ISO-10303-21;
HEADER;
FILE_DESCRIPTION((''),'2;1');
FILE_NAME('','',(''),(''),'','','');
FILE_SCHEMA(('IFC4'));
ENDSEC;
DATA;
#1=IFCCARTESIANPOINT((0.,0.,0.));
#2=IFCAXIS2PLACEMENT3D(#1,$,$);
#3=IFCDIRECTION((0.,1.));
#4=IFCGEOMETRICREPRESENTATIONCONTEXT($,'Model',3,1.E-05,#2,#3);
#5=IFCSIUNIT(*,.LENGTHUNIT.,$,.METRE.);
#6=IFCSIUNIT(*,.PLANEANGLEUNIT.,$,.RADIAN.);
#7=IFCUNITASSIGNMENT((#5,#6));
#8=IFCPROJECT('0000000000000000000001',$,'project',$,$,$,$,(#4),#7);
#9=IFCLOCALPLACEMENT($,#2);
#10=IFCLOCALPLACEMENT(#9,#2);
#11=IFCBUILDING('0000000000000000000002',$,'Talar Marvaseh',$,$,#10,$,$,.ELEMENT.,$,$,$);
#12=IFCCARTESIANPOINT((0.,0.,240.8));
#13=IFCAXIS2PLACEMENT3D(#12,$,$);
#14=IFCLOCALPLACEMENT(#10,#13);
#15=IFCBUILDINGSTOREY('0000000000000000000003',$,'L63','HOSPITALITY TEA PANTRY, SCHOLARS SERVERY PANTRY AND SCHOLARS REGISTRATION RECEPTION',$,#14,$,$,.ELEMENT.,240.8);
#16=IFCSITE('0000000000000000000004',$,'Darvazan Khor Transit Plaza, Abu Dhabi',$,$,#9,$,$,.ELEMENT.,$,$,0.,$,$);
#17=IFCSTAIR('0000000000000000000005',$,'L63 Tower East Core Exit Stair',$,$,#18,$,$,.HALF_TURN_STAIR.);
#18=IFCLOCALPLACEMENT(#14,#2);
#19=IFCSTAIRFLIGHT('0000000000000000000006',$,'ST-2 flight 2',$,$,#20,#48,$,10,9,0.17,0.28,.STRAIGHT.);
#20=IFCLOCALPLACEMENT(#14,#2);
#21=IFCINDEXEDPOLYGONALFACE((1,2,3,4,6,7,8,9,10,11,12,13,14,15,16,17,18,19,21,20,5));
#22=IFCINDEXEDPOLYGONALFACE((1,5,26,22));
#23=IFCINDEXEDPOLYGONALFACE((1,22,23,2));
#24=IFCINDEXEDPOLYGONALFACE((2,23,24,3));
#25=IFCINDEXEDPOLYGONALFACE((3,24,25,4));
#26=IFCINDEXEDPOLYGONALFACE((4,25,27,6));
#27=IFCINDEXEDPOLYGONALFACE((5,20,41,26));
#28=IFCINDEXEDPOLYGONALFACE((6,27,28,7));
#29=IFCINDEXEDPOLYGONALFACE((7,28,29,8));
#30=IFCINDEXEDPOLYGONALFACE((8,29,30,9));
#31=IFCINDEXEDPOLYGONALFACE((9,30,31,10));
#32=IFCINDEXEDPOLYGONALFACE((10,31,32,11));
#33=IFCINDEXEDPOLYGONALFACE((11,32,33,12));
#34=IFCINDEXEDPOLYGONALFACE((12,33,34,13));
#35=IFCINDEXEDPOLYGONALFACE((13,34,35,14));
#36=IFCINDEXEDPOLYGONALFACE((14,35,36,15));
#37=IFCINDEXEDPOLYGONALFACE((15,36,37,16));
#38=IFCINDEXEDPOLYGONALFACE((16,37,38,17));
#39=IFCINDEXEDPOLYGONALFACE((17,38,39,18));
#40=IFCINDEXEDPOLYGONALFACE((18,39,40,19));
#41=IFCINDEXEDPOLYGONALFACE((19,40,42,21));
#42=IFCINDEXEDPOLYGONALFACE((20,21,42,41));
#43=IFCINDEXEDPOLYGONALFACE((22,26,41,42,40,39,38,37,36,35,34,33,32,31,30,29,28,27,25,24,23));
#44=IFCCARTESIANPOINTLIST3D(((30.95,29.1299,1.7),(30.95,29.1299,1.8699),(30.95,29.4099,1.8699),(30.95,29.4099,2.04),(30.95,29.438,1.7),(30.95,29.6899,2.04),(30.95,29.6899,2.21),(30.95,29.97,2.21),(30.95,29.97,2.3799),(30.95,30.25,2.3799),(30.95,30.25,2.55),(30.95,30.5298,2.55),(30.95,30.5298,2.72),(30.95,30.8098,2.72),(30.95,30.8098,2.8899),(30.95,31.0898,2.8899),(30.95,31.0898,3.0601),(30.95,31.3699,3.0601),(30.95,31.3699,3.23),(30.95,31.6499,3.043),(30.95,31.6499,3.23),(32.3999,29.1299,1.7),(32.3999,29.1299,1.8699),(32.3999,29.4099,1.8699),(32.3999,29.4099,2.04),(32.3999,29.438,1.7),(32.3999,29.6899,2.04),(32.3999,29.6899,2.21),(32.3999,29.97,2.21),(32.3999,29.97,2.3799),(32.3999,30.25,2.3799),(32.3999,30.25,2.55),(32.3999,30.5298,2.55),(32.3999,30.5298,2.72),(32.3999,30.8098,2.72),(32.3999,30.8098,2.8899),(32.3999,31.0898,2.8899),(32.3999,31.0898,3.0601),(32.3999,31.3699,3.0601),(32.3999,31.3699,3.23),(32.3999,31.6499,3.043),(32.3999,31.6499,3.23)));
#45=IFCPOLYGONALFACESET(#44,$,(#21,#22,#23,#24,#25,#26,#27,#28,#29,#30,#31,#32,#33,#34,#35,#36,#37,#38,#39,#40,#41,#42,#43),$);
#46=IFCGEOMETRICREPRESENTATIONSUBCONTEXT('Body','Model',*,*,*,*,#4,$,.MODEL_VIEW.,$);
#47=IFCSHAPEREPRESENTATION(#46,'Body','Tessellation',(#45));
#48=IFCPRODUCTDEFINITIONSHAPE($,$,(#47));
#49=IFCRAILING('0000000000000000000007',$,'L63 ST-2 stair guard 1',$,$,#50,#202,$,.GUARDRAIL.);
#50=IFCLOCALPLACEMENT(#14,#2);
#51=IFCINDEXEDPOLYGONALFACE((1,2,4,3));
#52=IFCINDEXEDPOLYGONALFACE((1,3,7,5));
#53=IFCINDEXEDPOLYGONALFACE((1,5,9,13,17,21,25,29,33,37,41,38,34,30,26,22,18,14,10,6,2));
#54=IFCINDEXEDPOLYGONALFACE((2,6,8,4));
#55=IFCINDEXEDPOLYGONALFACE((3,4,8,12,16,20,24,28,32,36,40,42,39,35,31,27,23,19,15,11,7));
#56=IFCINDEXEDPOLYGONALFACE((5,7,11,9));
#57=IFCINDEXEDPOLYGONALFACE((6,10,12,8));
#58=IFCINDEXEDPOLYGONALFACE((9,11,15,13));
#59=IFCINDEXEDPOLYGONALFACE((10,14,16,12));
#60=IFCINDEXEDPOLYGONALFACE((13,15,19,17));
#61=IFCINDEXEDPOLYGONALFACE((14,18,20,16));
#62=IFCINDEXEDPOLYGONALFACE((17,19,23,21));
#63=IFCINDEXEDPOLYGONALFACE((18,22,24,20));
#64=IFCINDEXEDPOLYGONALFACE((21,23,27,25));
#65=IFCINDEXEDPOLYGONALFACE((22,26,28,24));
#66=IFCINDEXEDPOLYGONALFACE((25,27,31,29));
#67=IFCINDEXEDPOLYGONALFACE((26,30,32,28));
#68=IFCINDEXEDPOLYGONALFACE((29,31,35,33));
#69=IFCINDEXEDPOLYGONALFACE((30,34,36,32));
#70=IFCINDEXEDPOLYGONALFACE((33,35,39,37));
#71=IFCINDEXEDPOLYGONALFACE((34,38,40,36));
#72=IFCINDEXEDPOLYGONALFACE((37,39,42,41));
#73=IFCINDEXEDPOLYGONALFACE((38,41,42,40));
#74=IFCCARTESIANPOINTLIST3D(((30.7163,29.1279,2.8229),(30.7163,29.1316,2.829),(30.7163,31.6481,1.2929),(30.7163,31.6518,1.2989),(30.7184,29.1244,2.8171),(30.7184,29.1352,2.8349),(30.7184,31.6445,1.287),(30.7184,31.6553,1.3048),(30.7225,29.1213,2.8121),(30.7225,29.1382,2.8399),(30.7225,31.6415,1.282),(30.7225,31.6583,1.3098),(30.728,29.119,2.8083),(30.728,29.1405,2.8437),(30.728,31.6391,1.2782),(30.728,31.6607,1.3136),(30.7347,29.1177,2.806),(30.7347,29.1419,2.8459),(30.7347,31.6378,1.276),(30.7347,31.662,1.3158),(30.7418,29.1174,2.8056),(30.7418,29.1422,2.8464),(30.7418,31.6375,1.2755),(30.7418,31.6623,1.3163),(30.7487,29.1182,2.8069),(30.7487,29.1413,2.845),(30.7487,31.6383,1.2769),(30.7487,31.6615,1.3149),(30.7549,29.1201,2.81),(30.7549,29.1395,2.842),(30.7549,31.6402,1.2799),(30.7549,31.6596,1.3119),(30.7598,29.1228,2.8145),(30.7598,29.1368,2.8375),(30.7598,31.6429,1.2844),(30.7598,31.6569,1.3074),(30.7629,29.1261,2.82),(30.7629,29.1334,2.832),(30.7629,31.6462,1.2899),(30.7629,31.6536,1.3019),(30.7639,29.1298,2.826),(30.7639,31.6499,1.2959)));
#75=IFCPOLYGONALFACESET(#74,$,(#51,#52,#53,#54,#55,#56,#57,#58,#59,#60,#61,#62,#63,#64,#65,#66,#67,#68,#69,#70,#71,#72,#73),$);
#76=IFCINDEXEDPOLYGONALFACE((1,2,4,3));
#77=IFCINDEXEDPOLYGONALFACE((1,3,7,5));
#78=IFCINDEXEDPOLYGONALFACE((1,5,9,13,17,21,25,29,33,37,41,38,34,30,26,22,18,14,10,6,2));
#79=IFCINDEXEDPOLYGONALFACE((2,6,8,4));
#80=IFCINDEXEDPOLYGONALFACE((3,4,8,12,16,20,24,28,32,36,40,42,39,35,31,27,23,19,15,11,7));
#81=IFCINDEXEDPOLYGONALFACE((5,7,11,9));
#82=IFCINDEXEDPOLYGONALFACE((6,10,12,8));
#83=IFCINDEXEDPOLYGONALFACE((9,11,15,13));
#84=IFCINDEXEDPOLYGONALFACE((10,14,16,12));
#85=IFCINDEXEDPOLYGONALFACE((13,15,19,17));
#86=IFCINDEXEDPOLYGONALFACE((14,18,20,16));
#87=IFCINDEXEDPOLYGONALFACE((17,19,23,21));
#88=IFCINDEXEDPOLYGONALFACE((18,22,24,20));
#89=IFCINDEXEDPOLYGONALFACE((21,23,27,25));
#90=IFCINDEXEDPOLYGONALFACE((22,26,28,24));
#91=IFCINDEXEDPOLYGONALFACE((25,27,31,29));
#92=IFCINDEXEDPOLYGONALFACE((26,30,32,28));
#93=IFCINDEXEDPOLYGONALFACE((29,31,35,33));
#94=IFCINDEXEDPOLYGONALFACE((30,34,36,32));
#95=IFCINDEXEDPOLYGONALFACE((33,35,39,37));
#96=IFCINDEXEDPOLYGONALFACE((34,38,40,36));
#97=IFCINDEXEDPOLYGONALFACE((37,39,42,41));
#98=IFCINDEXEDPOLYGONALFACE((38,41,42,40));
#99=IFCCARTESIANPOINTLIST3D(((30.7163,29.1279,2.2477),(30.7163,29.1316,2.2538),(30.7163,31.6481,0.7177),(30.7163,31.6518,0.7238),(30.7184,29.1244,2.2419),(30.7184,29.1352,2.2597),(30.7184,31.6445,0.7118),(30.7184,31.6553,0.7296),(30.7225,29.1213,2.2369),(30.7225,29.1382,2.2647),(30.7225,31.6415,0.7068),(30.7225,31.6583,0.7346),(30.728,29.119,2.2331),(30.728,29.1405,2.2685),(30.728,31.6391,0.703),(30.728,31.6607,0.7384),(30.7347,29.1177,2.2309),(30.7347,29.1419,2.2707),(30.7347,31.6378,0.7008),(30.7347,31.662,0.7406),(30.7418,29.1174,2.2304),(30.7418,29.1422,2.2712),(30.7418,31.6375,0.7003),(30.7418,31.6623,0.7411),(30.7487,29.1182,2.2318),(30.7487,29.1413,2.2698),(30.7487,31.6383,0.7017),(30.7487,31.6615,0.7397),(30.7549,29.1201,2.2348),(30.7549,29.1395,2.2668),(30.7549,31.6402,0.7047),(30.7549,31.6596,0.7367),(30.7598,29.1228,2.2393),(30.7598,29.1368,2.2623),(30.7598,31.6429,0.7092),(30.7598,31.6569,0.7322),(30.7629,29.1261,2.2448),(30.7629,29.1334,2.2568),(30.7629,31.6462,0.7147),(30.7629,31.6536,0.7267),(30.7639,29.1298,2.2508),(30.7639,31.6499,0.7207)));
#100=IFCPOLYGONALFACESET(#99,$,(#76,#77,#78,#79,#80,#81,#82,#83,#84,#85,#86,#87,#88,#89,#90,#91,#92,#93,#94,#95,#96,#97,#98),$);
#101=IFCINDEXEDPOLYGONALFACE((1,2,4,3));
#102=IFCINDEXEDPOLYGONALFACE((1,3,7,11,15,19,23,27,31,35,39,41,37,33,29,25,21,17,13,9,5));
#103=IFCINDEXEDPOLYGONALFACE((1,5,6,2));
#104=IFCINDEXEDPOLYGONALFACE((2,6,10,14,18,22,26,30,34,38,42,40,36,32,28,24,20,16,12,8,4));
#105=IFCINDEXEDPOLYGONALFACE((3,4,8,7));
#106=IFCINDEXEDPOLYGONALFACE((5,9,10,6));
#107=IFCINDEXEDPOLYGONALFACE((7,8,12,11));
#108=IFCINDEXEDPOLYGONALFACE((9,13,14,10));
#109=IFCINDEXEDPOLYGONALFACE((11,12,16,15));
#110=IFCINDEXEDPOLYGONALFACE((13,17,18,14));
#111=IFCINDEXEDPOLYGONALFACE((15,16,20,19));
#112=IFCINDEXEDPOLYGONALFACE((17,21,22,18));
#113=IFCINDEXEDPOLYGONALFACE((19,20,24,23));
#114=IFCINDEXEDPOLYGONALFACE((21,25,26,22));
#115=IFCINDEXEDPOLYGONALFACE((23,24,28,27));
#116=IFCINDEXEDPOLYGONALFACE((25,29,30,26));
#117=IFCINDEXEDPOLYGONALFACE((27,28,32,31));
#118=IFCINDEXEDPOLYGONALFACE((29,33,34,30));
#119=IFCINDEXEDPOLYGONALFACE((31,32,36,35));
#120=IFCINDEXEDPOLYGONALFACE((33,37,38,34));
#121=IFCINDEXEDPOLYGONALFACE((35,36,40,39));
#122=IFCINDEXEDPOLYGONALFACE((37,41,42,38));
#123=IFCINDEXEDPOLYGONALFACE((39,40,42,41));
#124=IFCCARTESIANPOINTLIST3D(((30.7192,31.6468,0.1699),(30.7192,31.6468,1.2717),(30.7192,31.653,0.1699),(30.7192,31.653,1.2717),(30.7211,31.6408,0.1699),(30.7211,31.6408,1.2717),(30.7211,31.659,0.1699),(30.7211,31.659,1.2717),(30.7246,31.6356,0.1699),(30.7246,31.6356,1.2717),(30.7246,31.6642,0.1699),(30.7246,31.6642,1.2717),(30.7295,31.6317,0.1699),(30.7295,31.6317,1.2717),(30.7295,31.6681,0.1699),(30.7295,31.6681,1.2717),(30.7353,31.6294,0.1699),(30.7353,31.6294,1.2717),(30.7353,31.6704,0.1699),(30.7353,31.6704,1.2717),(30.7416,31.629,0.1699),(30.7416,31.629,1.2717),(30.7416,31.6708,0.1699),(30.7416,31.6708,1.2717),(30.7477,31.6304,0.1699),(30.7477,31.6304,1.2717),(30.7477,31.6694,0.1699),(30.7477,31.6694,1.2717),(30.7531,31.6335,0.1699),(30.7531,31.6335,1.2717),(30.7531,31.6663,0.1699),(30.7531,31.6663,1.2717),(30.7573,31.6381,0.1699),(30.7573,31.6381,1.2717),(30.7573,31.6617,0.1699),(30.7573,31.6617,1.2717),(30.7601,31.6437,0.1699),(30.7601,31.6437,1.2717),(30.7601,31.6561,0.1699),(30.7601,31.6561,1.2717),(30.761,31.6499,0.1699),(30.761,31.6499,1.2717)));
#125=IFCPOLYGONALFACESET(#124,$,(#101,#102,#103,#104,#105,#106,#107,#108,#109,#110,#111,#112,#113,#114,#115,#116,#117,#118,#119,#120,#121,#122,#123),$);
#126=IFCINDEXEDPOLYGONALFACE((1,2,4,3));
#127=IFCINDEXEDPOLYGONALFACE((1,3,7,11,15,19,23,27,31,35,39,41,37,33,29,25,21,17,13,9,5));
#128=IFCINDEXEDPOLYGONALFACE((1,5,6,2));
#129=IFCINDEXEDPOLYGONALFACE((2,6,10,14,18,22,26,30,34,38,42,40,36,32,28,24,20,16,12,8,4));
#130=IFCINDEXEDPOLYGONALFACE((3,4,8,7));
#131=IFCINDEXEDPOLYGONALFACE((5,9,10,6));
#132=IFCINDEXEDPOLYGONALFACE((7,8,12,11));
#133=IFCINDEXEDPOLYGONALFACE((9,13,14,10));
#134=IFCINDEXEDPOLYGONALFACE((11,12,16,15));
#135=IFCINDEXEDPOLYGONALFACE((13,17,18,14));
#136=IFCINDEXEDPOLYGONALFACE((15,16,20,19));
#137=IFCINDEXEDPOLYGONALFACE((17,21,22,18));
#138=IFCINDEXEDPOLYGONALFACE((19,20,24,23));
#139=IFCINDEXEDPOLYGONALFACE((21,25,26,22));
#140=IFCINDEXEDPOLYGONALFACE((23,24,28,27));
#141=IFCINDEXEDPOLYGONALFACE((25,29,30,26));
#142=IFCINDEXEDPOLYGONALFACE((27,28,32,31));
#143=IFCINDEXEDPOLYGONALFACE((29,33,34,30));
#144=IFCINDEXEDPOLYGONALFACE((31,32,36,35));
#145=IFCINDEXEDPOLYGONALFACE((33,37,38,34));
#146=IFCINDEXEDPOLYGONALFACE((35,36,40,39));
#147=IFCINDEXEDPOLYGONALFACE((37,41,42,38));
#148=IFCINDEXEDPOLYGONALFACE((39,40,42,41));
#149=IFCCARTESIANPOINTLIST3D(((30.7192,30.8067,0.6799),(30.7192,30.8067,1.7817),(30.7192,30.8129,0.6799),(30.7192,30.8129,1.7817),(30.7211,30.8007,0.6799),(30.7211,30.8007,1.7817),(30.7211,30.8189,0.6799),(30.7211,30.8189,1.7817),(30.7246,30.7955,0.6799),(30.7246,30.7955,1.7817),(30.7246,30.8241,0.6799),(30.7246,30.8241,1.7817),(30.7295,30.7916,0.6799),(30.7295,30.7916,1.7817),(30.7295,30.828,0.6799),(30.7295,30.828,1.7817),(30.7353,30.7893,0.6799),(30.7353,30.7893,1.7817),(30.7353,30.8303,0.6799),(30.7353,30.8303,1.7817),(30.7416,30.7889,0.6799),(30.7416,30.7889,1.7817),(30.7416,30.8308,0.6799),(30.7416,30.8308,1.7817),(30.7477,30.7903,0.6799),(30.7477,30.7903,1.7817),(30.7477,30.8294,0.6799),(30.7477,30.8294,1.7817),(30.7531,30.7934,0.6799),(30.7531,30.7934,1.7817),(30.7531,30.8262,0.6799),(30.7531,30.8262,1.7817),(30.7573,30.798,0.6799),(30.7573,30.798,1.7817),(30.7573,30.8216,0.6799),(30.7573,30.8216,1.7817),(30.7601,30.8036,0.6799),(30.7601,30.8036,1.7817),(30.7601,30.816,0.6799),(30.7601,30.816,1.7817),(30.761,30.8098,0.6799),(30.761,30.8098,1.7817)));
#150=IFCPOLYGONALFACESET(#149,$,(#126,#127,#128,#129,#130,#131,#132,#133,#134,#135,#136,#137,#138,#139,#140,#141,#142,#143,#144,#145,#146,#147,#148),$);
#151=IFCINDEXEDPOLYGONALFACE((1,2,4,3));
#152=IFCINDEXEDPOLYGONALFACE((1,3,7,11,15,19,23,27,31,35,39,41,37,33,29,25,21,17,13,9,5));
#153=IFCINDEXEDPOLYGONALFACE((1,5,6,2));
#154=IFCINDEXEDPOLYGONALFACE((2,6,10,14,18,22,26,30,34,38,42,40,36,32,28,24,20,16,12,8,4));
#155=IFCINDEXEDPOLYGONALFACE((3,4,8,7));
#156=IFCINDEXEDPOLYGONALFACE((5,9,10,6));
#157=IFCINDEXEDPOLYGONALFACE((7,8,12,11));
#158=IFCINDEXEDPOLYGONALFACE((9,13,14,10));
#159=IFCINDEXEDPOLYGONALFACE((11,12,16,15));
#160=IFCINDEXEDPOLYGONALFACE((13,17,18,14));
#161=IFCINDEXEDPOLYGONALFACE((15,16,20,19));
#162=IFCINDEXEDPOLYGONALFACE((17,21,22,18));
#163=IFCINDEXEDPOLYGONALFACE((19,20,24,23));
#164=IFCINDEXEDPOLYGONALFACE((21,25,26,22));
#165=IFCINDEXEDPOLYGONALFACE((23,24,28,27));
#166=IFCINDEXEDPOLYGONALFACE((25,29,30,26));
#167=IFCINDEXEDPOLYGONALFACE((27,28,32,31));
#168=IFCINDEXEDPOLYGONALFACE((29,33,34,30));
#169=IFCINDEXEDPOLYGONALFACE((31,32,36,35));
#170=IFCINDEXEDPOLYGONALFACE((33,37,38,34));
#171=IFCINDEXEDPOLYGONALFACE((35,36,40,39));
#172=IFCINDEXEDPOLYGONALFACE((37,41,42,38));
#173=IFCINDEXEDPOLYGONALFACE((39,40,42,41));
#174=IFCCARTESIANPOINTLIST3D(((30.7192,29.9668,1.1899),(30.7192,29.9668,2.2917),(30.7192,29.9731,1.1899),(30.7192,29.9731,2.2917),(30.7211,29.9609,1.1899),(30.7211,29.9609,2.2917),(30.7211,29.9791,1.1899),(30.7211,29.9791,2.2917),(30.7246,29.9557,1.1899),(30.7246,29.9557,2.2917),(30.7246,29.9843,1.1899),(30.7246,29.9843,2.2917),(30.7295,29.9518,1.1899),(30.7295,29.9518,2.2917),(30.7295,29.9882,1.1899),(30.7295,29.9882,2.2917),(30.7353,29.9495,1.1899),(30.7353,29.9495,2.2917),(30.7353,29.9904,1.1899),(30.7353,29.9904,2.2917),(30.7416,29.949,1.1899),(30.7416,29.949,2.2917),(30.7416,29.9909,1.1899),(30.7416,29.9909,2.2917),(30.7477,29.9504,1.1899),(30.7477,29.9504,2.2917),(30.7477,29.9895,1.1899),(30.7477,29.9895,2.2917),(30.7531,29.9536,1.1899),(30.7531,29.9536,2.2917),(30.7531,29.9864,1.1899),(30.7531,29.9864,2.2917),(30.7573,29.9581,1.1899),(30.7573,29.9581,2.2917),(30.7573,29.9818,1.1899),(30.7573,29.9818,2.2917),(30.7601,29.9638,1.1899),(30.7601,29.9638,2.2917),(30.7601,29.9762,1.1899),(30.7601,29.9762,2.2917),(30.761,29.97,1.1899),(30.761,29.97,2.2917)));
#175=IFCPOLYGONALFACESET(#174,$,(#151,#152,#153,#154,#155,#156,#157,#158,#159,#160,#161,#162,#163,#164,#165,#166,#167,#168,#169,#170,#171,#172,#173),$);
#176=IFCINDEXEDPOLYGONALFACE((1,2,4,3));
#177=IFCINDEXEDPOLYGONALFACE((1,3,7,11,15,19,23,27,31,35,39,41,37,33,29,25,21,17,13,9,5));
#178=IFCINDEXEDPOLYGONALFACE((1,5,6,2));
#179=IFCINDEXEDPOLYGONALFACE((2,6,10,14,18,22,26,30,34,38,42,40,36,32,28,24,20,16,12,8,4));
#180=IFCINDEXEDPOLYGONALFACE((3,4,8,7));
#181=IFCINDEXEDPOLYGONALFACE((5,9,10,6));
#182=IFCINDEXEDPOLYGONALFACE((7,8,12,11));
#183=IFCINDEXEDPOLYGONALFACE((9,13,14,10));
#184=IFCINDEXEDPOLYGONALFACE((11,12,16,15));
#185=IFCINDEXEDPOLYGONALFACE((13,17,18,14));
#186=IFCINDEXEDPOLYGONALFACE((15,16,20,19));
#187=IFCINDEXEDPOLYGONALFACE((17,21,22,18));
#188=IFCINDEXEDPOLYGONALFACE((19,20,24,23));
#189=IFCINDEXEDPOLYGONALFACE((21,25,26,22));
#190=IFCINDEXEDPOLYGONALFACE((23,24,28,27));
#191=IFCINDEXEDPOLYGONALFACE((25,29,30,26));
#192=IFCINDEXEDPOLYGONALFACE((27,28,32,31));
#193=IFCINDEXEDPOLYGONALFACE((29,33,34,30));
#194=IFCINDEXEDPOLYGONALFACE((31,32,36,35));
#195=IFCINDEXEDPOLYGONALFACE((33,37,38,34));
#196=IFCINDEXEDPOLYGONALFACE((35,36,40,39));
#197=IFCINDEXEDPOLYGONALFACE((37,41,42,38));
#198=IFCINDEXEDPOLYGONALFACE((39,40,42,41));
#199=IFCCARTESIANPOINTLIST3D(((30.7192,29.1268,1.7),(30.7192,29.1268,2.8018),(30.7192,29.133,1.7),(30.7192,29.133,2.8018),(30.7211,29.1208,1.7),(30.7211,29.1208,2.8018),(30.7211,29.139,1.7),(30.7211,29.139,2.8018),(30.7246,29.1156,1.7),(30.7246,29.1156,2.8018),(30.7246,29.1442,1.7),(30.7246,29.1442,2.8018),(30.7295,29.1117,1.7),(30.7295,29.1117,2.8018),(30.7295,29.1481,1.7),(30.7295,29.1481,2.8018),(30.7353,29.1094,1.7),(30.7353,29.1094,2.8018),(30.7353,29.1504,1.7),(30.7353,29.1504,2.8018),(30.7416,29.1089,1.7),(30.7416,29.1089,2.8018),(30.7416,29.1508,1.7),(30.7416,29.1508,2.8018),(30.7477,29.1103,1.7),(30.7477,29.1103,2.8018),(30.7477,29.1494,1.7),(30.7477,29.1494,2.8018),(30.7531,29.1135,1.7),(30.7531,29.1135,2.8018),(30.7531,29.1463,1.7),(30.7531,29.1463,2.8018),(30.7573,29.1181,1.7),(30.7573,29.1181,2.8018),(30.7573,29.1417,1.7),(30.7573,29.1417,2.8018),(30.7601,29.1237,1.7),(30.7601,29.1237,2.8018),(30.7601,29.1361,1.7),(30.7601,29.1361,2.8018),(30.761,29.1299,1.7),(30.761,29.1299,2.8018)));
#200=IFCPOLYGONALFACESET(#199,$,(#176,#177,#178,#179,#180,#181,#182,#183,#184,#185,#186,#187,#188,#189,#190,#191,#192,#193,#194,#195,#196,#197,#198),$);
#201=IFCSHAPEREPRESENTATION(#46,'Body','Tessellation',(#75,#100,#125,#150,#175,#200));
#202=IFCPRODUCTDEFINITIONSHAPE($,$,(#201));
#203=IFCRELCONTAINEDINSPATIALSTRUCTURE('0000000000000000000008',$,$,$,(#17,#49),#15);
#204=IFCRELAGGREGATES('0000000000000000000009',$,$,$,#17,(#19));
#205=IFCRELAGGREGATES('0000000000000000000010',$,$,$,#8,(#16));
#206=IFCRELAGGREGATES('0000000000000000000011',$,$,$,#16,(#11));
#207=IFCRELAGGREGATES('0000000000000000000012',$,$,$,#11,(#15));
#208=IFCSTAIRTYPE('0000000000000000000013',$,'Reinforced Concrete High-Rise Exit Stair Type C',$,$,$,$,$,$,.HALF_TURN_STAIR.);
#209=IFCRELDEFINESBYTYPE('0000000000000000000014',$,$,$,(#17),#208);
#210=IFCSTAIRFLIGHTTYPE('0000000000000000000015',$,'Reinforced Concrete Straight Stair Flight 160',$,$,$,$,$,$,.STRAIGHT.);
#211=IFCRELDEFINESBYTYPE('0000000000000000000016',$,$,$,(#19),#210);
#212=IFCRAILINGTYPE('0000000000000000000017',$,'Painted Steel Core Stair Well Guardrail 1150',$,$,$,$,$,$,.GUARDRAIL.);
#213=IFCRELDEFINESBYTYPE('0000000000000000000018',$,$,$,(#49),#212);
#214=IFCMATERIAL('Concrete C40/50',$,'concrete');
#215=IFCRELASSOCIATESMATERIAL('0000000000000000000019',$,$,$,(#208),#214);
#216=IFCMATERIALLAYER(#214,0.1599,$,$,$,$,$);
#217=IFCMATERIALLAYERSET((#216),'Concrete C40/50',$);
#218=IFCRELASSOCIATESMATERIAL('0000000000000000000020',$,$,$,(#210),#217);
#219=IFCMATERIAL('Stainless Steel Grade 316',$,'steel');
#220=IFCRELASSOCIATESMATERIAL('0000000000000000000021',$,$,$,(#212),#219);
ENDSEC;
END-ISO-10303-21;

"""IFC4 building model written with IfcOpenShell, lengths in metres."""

from ifc_helpers import new_model, si_unit, direction, frame, origin, origin_2d, place, context, subcontext, project, spatial, polyline, circle, outline, extrude, material, layer, layer_set, type_object, element, aggregate, save


model = new_model("IFC4")

# Units and contexts
model_context = context("Model", 3, precision=1e-05, world=origin(), true_north=direction((0.0, 1.0)))
body_context = subcontext(model_context, "Body", "Model", "MODEL_VIEW")
ifc_project = project(units=[si_unit("LENGTHUNIT", "METRE"), si_unit("PLANEANGLEUNIT", "RADIAN")], contexts=[model_context])

# Site, building, storey
site_placement = place(None, origin())
site = spatial("IfcSite", under=ifc_project, at=site_placement, Name="Darvazan Khor Transit Plaza, Abu Dhabi", CompositionType="ELEMENT", RefElevation=0.0)
building_placement = place(site_placement, origin())
building = spatial("IfcBuilding", under=site, at=building_placement, Name="Talar Marvaseh", CompositionType="ELEMENT")
storey_placement = place(building_placement, frame((0.0, 0.0, 240.8)))
storey = spatial("IfcBuildingStorey", under=building, at=storey_placement, Name="L63", Description="HOSPITALITY TEA PANTRY, SCHOLARS SERVERY PANTRY AND SCHOLARS REGISTRATION RECEPTION", CompositionType="ELEMENT", Elevation=240.8)

# Shared definitions
ifc_material_1 = material(Name="Concrete C40/50", Category="concrete")

# Shared definitions
ifc_material_2 = material(Name="Stainless Steel Grade 316", Category="steel")

# Stair, stair flight
stair_type = type_object("IfcStairType", Name="Reinforced Concrete High-Rise Exit Stair Type C", PredefinedType="HALF_TURN_STAIR", material=ifc_material_1)
stair_placement = place(storey_placement, origin())
stair = element("IfcStair", 1, at=stair_placement, inside=storey, type_object=stair_type, Name="L63 Tower East Core Exit Stair", PredefinedType="HALF_TURN_STAIR")
ifc_layer_1 = layer(ifc_material_1, 0.1599)
ifc_layer_set_1 = layer_set([ifc_layer_1], Name="Concrete C40/50")
stair_flight_type = type_object("IfcStairFlightType", Name="Reinforced Concrete Straight Stair Flight 160", PredefinedType="STRAIGHT", material=ifc_layer_set_1)
stair_flight_1_placement = place(storey_placement, frame((31.675, 29.1299, 1.7), z_axis=(0.0, 0.0, 1.0), x_axis=(0.0, 1.0, 0.0)))
stair_flight_1 = element("IfcStairFlight", 2, at=stair_flight_1_placement, type_object=stair_flight_type, Name="ST-2 flight 2", NumberOfRisers=10, NumberOfTreads=9, PredefinedType="STRAIGHT", RiserHeight=0.17, TreadLength=0.28, context=body_context, shape_type="SweptSolid", body=[
    extrude(outline(polyline([(0.0, 0.0), (0.0, 0.1699), (0.28, 0.1699), (0.28, 0.3401), (0.5601, 0.3401), (0.5601, 0.51), (0.8401, 0.51), (0.8401, 0.6799), (1.1201, 0.6799), (1.1201, 0.8501), (1.3999, 0.8501), (1.3999, 1.02), (1.6799, 1.02), (1.6799, 1.1899), (1.96, 1.1899), (1.96, 1.3601), (2.24, 1.3601), (2.24, 1.53), (2.52, 1.53), (2.52, 1.7), (2.52, 1.343), (0.3081, 0.0), (0.0, 0.0)])), frame((0.0, 0.7251, 0.0), z_axis=(0.0, -1.0, 0.0), x_axis=(1.0, 0.0, 0.0)), (0.0, 0.0, 1.0), 1.45),
])
aggregate(stair, [stair_flight_1])

# Railing
railing_type_1 = type_object("IfcRailingType", Name="Painted Steel Core Stair Well Guardrail 1150", PredefinedType="GUARDRAIL", material=ifc_material_2)
railing_1_placement = place(storey_placement, frame((30.74, 31.6499, 0.1699)))
element("IfcRailing", 3, at=railing_1_placement, inside=storey, type_object=railing_type_1, Name="L63 ST-2 stair guard 1", PredefinedType="GUARDRAIL", context=body_context, shape_type="SweptSolid", body=[
    extrude(circle(Radius=0.0239, at=origin_2d()), frame((0.0, 0.0, 1.126), z_axis=(0.0, -0.854785, 0.518982), x_axis=(1.0, 0.0, 0.0)), (0.0, 0.0, 1.0), 2.9482),
    extrude(circle(Radius=0.0239, at=origin_2d()), frame((0.0, 0.0, 0.5508), z_axis=(0.0, -0.854785, 0.518982), x_axis=(1.0, 0.0, 0.0)), (0.0, 0.0, 1.0), 2.9482),
    extrude(circle(Radius=0.021, at=origin_2d()), origin(), (0.0, 0.0, 1.0), 1.1018),
    extrude(circle(Radius=0.021, at=origin_2d()), frame((0.0, -0.8401, 0.51)), (0.0, 0.0, 1.0), 1.1018),
    extrude(circle(Radius=0.021, at=origin_2d()), frame((0.0, -1.6799, 1.02)), (0.0, 0.0, 1.0), 1.1018),
    extrude(circle(Radius=0.021, at=origin_2d()), frame((0.0, -2.52, 1.53)), (0.0, 0.0, 1.0), 1.1018),
])

save(model, "model.ifc")
